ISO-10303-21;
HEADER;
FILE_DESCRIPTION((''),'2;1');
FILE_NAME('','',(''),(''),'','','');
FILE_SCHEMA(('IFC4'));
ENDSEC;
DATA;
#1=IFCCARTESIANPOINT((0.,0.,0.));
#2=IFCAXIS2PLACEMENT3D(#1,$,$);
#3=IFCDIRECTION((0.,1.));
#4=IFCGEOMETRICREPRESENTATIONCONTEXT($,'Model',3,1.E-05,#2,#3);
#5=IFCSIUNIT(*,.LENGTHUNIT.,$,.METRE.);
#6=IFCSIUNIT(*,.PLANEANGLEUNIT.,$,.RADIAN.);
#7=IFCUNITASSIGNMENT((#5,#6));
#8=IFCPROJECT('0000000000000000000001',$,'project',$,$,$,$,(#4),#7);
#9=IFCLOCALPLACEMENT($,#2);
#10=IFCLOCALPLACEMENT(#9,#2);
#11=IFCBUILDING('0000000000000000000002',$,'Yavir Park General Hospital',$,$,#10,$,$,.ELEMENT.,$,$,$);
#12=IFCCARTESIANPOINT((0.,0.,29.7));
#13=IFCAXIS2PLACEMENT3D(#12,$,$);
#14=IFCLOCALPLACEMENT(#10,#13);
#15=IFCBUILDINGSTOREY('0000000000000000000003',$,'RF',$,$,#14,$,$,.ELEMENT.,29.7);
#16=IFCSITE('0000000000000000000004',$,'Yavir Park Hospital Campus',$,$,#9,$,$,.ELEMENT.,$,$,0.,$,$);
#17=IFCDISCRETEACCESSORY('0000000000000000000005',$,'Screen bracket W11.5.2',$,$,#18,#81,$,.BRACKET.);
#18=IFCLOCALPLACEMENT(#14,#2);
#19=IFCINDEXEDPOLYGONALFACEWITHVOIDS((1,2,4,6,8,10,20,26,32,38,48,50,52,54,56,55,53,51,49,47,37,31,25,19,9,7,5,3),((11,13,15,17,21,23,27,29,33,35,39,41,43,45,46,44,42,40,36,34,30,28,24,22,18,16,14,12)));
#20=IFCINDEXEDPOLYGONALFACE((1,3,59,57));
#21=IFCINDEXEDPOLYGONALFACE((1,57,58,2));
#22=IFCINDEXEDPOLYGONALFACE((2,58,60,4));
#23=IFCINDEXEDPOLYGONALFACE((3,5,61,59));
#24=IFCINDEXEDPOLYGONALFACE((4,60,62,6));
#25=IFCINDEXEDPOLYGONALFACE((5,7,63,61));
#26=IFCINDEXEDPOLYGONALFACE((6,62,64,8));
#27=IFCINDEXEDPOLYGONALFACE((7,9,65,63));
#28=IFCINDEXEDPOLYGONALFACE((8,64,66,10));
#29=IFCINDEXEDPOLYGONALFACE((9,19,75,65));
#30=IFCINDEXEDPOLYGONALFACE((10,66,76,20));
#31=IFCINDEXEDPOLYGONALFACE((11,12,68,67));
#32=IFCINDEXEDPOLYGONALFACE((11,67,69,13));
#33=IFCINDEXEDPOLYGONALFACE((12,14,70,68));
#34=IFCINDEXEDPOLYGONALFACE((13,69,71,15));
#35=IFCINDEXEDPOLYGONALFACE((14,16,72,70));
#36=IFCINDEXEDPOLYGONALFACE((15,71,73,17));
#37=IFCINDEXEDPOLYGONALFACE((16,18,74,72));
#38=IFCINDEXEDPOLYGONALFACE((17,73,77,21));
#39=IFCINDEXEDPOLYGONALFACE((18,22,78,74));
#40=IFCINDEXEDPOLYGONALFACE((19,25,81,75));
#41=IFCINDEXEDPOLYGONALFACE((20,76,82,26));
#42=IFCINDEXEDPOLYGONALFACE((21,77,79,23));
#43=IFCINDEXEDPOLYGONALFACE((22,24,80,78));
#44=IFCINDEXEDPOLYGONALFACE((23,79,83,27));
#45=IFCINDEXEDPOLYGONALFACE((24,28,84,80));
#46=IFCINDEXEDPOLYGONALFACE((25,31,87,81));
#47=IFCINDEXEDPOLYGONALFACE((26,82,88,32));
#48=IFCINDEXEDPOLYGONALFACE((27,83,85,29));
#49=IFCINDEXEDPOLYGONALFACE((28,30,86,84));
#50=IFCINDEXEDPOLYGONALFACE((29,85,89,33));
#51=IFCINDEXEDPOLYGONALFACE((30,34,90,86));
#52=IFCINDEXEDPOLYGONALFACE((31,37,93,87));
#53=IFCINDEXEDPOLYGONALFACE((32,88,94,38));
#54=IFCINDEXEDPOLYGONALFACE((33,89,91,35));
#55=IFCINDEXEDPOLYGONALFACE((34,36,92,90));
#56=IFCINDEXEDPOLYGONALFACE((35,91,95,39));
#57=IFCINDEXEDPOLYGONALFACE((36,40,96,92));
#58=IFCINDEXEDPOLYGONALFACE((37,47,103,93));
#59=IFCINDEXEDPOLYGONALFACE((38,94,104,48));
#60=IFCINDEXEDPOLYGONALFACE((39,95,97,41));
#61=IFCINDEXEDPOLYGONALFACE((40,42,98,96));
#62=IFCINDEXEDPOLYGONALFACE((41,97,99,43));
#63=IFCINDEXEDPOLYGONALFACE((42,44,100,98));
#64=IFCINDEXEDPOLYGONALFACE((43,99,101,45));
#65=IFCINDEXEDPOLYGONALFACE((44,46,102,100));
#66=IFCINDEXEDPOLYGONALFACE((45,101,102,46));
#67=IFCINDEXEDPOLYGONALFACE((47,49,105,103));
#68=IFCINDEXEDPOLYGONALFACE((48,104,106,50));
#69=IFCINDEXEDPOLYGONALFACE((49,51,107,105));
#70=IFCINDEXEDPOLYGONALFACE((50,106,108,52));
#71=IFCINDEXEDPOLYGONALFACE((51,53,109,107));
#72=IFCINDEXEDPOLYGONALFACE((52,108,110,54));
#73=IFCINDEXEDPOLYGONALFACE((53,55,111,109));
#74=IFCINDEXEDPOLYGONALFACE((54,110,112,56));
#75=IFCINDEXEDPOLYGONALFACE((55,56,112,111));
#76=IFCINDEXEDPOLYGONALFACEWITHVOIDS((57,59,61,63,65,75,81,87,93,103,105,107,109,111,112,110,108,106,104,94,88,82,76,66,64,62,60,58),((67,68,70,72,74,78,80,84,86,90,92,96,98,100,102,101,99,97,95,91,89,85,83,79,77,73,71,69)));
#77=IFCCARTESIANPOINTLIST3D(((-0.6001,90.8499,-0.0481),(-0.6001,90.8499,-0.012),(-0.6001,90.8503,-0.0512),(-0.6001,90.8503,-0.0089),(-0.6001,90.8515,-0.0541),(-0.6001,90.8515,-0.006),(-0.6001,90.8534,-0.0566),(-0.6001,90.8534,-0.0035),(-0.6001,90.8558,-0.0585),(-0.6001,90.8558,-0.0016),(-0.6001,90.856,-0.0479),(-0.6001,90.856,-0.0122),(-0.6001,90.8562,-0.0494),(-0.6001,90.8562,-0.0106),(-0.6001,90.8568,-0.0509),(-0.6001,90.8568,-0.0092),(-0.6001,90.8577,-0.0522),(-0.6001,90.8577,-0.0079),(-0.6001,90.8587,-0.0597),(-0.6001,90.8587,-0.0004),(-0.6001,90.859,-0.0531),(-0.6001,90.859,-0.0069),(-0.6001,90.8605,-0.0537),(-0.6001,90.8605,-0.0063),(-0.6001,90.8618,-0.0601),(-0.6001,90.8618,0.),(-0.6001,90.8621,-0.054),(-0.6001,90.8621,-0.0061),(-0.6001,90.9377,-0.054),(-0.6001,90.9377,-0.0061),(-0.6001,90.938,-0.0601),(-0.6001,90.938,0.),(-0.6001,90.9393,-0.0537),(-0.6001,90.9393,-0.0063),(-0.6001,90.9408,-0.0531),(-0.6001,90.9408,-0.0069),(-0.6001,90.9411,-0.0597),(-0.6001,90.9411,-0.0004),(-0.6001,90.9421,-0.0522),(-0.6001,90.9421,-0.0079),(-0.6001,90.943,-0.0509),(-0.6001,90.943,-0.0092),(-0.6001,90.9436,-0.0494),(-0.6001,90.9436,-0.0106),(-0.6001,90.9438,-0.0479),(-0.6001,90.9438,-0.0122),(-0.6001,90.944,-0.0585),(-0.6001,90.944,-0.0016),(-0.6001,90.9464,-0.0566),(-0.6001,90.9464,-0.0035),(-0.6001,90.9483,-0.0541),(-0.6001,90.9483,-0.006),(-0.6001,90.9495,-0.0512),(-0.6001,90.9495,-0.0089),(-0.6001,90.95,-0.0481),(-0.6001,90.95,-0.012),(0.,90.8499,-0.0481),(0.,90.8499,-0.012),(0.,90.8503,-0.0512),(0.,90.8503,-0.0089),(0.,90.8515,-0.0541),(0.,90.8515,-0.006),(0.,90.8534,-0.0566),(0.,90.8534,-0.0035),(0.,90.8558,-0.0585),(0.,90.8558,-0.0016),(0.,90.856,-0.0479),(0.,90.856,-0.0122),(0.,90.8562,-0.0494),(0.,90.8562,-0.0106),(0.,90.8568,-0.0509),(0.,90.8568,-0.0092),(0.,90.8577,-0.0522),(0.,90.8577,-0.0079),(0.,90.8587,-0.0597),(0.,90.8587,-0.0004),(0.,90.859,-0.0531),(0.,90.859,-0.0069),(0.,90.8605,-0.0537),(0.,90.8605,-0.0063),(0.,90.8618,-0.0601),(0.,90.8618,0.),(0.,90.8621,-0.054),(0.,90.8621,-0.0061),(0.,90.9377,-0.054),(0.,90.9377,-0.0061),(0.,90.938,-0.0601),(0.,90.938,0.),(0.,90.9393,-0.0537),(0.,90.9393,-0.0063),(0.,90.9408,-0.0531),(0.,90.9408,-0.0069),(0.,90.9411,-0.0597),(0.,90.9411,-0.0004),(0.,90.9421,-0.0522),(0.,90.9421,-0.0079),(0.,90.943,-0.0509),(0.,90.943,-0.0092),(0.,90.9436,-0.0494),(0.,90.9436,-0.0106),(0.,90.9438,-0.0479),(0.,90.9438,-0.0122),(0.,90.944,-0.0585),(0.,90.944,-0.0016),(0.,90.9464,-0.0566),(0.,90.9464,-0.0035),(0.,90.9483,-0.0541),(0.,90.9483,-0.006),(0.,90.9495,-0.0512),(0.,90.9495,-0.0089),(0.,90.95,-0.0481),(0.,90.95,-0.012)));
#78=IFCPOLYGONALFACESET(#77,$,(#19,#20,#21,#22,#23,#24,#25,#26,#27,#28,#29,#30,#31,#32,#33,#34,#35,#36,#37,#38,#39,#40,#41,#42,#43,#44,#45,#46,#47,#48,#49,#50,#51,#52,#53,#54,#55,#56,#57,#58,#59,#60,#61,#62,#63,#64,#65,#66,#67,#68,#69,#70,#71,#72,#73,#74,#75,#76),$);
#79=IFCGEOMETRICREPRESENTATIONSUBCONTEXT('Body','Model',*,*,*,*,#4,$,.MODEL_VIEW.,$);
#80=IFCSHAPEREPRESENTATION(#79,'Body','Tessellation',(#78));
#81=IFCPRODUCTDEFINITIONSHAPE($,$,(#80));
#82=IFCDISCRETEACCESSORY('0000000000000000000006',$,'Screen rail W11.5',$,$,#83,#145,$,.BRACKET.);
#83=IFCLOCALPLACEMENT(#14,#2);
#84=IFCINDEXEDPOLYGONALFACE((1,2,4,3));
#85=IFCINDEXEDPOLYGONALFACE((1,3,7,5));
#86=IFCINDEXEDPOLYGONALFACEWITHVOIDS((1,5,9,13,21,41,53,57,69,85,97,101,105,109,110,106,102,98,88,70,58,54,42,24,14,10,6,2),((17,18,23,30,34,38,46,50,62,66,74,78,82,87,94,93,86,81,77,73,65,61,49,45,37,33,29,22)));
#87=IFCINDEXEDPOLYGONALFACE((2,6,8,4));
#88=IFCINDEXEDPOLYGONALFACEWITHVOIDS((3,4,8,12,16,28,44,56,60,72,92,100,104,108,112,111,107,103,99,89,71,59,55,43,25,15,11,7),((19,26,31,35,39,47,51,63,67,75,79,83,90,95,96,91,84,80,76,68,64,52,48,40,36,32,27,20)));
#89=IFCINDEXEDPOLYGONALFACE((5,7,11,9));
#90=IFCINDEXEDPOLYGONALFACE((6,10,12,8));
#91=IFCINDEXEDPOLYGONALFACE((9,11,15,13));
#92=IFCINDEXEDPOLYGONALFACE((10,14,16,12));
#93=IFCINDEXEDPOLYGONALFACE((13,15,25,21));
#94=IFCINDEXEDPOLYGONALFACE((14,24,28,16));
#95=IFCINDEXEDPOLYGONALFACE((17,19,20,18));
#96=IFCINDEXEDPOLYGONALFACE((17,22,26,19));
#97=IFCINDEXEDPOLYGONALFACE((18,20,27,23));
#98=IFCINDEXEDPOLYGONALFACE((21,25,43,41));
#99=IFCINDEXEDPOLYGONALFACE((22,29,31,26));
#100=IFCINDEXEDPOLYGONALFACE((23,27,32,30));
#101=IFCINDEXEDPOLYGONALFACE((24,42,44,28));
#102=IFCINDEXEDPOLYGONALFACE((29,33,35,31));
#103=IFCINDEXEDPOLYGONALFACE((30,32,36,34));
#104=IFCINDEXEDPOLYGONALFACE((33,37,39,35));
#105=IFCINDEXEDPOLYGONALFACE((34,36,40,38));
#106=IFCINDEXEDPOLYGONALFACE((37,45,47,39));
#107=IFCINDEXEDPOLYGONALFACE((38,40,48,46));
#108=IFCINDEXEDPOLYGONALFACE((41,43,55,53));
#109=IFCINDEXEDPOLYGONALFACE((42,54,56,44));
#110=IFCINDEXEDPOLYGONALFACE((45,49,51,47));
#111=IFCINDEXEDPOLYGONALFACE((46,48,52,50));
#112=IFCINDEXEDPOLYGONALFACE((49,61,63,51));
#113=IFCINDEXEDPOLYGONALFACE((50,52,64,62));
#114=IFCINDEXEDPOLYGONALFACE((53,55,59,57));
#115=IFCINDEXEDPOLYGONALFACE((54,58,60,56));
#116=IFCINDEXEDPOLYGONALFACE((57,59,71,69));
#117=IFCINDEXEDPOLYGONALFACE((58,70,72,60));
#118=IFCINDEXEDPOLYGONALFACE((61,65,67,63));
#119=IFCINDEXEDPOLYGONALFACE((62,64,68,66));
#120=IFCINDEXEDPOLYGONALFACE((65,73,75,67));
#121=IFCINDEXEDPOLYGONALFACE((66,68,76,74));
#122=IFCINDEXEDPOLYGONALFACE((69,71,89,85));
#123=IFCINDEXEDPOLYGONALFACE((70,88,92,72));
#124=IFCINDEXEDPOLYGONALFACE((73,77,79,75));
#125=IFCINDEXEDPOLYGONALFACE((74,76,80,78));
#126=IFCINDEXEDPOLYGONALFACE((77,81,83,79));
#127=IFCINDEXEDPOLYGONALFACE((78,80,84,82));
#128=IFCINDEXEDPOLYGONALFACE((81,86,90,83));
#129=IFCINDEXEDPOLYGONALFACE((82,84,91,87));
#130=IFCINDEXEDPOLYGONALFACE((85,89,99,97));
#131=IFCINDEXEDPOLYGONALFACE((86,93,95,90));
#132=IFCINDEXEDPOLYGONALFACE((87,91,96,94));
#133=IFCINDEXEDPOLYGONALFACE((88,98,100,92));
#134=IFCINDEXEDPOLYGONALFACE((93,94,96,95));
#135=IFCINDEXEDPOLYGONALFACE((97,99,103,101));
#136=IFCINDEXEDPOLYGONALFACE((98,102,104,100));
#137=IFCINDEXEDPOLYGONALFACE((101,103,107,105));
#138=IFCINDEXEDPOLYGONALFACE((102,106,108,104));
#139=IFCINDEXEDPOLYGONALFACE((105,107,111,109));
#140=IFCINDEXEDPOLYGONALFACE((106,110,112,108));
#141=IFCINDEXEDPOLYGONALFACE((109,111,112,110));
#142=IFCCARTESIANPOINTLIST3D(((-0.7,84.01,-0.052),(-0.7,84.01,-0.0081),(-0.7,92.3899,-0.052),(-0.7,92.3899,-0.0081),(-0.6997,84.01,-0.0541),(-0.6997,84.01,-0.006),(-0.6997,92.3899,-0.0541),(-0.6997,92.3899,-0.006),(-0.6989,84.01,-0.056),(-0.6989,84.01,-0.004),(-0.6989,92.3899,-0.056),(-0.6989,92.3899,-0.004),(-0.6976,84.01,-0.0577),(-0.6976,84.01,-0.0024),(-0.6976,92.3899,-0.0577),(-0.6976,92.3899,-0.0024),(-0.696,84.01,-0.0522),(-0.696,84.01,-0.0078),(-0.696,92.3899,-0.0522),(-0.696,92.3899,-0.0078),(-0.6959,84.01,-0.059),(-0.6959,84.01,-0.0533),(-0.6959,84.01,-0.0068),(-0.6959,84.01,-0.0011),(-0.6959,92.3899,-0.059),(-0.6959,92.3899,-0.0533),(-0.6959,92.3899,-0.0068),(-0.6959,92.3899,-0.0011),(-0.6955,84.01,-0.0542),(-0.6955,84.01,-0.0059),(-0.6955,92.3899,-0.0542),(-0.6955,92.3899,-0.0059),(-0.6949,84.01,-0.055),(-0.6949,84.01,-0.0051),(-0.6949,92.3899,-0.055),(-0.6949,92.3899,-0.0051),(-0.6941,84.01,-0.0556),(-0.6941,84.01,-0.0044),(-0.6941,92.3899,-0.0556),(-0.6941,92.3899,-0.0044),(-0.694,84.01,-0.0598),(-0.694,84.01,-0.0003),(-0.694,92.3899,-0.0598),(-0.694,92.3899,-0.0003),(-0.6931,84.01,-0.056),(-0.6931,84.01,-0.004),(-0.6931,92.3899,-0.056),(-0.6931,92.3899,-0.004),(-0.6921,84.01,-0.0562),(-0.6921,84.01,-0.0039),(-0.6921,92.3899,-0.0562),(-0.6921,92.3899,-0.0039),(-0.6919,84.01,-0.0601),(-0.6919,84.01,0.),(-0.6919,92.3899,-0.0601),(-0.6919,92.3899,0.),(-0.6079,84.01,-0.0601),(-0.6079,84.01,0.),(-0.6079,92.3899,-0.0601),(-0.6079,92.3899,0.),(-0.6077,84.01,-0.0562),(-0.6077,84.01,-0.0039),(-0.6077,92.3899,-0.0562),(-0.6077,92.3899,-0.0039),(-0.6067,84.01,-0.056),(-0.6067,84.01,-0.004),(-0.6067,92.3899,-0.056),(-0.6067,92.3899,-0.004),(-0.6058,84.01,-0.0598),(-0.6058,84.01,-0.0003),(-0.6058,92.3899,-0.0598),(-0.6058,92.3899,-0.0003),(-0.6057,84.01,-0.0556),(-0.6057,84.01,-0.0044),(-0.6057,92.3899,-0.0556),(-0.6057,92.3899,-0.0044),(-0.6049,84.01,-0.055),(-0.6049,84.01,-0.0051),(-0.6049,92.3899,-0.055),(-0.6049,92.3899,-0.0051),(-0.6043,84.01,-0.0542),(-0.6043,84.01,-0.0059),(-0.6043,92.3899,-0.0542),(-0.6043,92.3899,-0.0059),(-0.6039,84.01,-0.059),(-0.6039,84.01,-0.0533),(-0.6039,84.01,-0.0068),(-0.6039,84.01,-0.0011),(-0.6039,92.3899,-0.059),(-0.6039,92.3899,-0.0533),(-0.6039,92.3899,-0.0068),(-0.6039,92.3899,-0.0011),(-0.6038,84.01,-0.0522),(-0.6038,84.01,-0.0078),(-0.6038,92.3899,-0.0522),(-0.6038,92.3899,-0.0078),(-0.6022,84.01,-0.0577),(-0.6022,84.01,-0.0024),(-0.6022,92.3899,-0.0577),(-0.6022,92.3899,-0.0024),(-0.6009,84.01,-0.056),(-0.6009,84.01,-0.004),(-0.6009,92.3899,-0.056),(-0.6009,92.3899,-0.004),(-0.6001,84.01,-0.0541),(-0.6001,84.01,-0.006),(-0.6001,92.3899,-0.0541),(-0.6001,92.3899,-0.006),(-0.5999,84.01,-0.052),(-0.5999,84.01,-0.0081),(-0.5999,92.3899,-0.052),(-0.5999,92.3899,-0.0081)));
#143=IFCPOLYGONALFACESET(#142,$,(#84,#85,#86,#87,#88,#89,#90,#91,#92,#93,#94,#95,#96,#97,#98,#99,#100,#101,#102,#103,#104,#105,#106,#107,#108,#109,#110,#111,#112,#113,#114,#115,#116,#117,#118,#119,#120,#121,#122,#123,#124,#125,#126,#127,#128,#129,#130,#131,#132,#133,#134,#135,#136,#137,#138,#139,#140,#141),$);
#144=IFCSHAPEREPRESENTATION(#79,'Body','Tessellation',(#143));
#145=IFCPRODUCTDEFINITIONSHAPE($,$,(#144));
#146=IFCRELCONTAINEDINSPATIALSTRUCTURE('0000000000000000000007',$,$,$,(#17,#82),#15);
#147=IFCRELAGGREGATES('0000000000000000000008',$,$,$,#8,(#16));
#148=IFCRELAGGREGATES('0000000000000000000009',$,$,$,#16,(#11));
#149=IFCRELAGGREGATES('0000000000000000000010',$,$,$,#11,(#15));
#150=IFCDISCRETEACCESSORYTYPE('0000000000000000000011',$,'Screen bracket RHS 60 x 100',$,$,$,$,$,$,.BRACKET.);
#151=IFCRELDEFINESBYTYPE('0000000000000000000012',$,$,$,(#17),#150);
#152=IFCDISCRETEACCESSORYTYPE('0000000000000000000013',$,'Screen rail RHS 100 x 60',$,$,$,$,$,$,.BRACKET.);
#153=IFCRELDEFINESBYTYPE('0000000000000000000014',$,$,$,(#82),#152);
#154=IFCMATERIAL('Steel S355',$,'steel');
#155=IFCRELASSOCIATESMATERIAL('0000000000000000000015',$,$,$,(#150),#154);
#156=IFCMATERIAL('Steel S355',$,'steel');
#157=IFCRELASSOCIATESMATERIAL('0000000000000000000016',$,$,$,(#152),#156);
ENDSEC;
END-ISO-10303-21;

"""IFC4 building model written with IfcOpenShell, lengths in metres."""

from ifc_helpers import new_model, si_unit, direction, frame, origin, origin_2d, place, context, subcontext, project, spatial, hollow_rectangle, extrude, material, material_profile, profile_set, type_object, element, save


model = new_model("IFC4")

# Units and contexts
model_context = context("Model", 3, precision=1e-05, world=origin(), true_north=direction((0.0, 1.0)))
body_context = subcontext(model_context, "Body", "Model", "MODEL_VIEW")
ifc_project = project(units=[si_unit("LENGTHUNIT", "METRE"), si_unit("PLANEANGLEUNIT", "RADIAN")], contexts=[model_context])

# Site, building, storey
site_placement = place(None, origin())
site = spatial("IfcSite", under=ifc_project, at=site_placement, Name="Yavir Park Hospital Campus", CompositionType="ELEMENT", RefElevation=0.0)
building_placement = place(site_placement, origin())
building = spatial("IfcBuilding", under=site, at=building_placement, Name="Yavir Park General Hospital", CompositionType="ELEMENT")
storey_placement = place(building_placement, frame((0.0, 0.0, 29.7)))
storey = spatial("IfcBuildingStorey", under=building, at=storey_placement, Name="RF", CompositionType="ELEMENT", Elevation=29.7)

# Discrete accessories
ifc_material_1 = material(Name="Steel S355", Category="steel")
ifc_material_profile_1 = material_profile(ifc_material_1, hollow_rectangle(XDim=0.1001, YDim=0.0601, WallThickness=0.0061, InnerFilletRadius=0.0061, OuterFilletRadius=0.012, at=origin_2d()), Name="RHS60x100x6")
ifc_profile_set_1 = profile_set([ifc_material_profile_1], Name="Steel S355")
discrete_accessory_type_1 = type_object("IfcDiscreteAccessoryType", Name="Screen bracket RHS 60 x 100", PredefinedType="BRACKET", material=ifc_profile_set_1)
for number, where, z_axis, x_axis, name in (
    (1, (0.0, 90.8999, -0.03), (-1.0, 0.0, 0.0), (0.0, -1.0, 0.0), "Screen bracket W11.5.2"),
):
    element("IfcDiscreteAccessory", number, at=place(storey_placement, frame(where, z_axis=z_axis, x_axis=x_axis)), inside=storey, type_object=discrete_accessory_type_1, Name=name, PredefinedType="BRACKET", context=body_context, shape_type="SweptSolid", body=[
        extrude(hollow_rectangle(XDim=0.1001, YDim=0.0601, WallThickness=0.0061, InnerFilletRadius=0.0061, OuterFilletRadius=0.012, at=origin_2d()), origin(), (0.0, 0.0, 1.0), 0.6001),
    ])
ifc_material_2 = material(Name="Steel S355", Category="steel")
ifc_material_profile_2 = material_profile(ifc_material_2, hollow_rectangle(XDim=0.1001, YDim=0.0601, WallThickness=0.0039, InnerFilletRadius=0.0039, OuterFilletRadius=0.0081, at=origin_2d()), Name="RHS60x100x4")
ifc_profile_set_2 = profile_set([ifc_material_profile_2], Name="Steel S355")
discrete_accessory_type_2 = type_object("IfcDiscreteAccessoryType", Name="Screen rail RHS 100 x 60", PredefinedType="BRACKET", material=ifc_profile_set_2)
discrete_accessory_placement = place(storey_placement, frame((-0.6499, 84.01, -0.03), z_axis=(0.0, 1.0, 0.0), x_axis=(-1.0, 0.0, 0.0)))
element("IfcDiscreteAccessory", 2, at=discrete_accessory_placement, inside=storey, type_object=discrete_accessory_type_2, Name="Screen rail W11.5", PredefinedType="BRACKET", context=body_context, shape_type="SweptSolid", body=[
    extrude(hollow_rectangle(XDim=0.1001, YDim=0.0601, WallThickness=0.0039, InnerFilletRadius=0.0039, OuterFilletRadius=0.0081, at=origin_2d()), origin(), (0.0, 0.0, 1.0), 8.3799),
])

save(model, "model.ifc")
